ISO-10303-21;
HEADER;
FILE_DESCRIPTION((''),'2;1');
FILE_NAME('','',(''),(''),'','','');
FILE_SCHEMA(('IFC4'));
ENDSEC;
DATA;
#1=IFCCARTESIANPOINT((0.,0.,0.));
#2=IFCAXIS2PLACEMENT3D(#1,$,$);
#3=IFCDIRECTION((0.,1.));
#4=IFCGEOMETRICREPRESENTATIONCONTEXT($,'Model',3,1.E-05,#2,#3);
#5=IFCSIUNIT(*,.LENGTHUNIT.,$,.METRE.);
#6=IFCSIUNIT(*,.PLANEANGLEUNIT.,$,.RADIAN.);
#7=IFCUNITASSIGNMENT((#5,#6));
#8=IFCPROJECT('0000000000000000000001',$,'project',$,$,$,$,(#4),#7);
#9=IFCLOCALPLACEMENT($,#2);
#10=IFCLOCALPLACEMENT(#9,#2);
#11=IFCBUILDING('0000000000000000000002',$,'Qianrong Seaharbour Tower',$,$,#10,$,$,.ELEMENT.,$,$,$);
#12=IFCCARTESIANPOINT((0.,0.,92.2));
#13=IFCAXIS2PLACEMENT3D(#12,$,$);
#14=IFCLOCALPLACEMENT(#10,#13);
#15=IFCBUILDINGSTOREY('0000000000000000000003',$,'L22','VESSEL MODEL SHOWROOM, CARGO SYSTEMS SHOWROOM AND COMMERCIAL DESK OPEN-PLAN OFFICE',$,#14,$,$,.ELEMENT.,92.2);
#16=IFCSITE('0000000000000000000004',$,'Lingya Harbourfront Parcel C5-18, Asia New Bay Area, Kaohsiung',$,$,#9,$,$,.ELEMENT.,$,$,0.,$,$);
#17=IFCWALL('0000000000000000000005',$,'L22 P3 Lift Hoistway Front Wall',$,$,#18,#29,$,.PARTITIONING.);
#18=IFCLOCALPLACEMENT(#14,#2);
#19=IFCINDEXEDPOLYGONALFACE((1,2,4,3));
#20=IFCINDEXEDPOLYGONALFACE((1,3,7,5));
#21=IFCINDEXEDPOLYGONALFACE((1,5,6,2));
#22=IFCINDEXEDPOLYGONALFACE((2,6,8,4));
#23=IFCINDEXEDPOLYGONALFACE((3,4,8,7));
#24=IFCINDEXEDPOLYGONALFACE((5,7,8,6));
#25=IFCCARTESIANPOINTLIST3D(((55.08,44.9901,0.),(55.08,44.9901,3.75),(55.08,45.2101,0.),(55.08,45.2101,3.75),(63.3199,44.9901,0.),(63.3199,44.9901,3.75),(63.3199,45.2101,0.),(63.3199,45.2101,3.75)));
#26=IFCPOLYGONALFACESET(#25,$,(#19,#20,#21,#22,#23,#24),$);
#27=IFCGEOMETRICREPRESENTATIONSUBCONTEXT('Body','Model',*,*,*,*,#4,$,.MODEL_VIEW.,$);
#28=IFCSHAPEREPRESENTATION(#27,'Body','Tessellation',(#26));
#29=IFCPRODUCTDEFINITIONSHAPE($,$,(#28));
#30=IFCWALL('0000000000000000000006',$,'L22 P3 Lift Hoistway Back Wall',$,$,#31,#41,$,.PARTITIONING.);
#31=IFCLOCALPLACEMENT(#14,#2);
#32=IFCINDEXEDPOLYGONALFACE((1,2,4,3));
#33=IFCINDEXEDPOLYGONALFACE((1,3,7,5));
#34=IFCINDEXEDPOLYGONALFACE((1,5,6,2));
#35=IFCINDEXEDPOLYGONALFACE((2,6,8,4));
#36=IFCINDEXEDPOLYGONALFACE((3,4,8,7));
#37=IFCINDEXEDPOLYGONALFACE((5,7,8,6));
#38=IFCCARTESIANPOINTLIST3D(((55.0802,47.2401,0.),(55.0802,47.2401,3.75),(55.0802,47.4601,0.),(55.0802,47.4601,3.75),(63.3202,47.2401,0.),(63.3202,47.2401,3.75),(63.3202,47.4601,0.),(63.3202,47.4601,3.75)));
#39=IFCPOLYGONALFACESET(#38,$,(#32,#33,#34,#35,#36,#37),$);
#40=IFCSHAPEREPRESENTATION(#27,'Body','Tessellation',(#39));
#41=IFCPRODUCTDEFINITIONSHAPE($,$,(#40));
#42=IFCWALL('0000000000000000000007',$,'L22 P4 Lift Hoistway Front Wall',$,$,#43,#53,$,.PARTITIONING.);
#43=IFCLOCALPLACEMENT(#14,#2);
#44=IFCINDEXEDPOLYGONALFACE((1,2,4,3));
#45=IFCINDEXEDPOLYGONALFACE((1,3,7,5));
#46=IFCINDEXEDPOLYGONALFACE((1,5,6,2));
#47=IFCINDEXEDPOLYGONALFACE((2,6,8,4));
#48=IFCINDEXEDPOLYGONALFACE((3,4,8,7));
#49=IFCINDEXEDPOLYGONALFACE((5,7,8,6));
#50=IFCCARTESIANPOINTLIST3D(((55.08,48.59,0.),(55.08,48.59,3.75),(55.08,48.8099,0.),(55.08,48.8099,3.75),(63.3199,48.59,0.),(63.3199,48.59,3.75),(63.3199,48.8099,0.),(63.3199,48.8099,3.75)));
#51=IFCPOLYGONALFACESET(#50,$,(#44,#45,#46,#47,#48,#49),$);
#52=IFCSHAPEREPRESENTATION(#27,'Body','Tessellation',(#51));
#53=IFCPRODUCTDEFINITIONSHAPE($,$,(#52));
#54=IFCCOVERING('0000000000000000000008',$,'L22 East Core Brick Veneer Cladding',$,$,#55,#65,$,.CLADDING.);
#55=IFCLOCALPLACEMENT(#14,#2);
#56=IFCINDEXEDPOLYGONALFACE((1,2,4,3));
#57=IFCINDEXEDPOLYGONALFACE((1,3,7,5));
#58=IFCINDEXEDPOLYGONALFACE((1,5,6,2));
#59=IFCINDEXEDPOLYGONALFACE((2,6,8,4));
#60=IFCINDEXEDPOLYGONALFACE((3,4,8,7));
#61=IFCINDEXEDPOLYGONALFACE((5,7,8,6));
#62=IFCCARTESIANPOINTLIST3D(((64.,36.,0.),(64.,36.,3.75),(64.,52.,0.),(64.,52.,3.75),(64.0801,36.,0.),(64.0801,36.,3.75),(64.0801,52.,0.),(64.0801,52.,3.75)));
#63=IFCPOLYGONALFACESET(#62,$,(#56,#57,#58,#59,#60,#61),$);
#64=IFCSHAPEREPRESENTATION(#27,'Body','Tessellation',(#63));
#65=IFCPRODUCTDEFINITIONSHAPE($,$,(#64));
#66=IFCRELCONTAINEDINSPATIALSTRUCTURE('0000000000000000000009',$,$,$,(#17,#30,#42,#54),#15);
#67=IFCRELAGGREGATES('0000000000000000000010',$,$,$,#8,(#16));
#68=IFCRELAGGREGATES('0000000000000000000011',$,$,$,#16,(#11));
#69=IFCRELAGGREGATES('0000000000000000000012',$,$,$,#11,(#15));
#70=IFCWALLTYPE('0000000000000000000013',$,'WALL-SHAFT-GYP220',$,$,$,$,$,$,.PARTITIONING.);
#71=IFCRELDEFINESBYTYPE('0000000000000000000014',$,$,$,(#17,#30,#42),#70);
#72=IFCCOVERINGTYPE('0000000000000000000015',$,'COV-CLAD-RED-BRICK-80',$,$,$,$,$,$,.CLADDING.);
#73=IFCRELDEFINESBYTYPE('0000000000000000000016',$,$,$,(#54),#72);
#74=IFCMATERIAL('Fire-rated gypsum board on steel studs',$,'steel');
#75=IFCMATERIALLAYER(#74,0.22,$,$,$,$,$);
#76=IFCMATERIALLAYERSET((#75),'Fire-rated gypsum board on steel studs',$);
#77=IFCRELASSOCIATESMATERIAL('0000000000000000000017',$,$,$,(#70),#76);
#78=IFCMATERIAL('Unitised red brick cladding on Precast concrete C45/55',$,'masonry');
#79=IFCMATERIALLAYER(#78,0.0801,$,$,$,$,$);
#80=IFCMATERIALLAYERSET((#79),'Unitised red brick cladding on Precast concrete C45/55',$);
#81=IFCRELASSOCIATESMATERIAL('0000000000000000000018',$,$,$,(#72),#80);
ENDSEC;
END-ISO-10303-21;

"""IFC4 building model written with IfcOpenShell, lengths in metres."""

from ifc_helpers import new_model, si_unit, direction, frame, frame_2d, origin, origin_2d, place, context, subcontext, project, spatial, rectangle, extrude, material, layer, layer_set, type_object, element, save


model = new_model("IFC4")

# Units and contexts
model_context = context("Model", 3, precision=1e-05, world=origin(), true_north=direction((0.0, 1.0)))
body_context = subcontext(model_context, "Body", "Model", "MODEL_VIEW")
ifc_project = project(units=[si_unit("LENGTHUNIT", "METRE"), si_unit("PLANEANGLEUNIT", "RADIAN")], contexts=[model_context])

# Site, building, storey
site_placement = place(None, origin())
site = spatial("IfcSite", under=ifc_project, at=site_placement, Name="Lingya Harbourfront Parcel C5-18, Asia New Bay Area, Kaohsiung", CompositionType="ELEMENT", RefElevation=0.0)
building_placement = place(site_placement, origin())
building = spatial("IfcBuilding", under=site, at=building_placement, Name="Qianrong Seaharbour Tower", CompositionType="ELEMENT")
storey_placement = place(building_placement, frame((0.0, 0.0, 92.2)))
storey = spatial("IfcBuildingStorey", under=building, at=storey_placement, Name="L22", Description="VESSEL MODEL SHOWROOM, CARGO SYSTEMS SHOWROOM AND COMMERCIAL DESK OPEN-PLAN OFFICE", CompositionType="ELEMENT", Elevation=92.2)

# Walls
ifc_material_1 = material(Name="Fire-rated gypsum board on steel studs", Category="steel")
ifc_layer_1 = layer(ifc_material_1, 0.22)
ifc_layer_set_1 = layer_set([ifc_layer_1], Name="Fire-rated gypsum board on steel studs")
wall_type_1 = type_object("IfcWallType", Name="WALL-SHAFT-GYP220", PredefinedType="PARTITIONING", material=ifc_layer_set_1)
for number, where, z_axis, x_axis, name in (
    (1, (63.3201, 45.1001, 0.0), (0.0, 0.0, 1.0), (-1.0, 0.0, 0.0), "L22 P3 Lift Hoistway Front Wall"),
    (2, (55.0801, 47.3501, 0.0), (0.0, 0.0, 1.0), (1.0, 0.0, 0.0), "L22 P3 Lift Hoistway Back Wall"),
    (3, (63.3201, 48.7, 0.0), (0.0, 0.0, 1.0), (-1.0, 0.0, 0.0), "L22 P4 Lift Hoistway Front Wall"),
):
    element("IfcWall", number, at=place(storey_placement, frame(where, z_axis=z_axis, x_axis=x_axis)), inside=storey, type_object=wall_type_1, Name=name, PredefinedType="PARTITIONING", context=body_context, shape_type="SweptSolid", body=[
        extrude(rectangle(XDim=8.24, YDim=0.22, at=frame_2d((4.1201, 0.0))), origin(), (0.0, 0.0, 1.0), 3.75),
    ])

# Covering
ifc_material_2 = material(Name="Unitised red brick cladding on Precast concrete C45/55", Category="masonry")
ifc_layer_2 = layer(ifc_material_2, 0.0801)
ifc_layer_set_2 = layer_set([ifc_layer_2], Name="Unitised red brick cladding on Precast concrete C45/55")
covering_type = type_object("IfcCoveringType", Name="COV-CLAD-RED-BRICK-80", PredefinedType="CLADDING", material=ifc_layer_set_2)
covering_placement = place(storey_placement, frame((64.04, 44.0, 0.0), z_axis=(0.0, 0.0, 1.0), x_axis=(1.0, 0.0, 0.0)))
element("IfcCovering", 4, at=covering_placement, inside=storey, type_object=covering_type, Name="L22 East Core Brick Veneer Cladding", PredefinedType="CLADDING", context=body_context, shape_type="SweptSolid", body=[
    extrude(rectangle(XDim=0.0801, YDim=16.0, at=origin_2d()), origin(), (0.0, 0.0, 1.0), 3.75),
])

save(model, "model.ifc")
